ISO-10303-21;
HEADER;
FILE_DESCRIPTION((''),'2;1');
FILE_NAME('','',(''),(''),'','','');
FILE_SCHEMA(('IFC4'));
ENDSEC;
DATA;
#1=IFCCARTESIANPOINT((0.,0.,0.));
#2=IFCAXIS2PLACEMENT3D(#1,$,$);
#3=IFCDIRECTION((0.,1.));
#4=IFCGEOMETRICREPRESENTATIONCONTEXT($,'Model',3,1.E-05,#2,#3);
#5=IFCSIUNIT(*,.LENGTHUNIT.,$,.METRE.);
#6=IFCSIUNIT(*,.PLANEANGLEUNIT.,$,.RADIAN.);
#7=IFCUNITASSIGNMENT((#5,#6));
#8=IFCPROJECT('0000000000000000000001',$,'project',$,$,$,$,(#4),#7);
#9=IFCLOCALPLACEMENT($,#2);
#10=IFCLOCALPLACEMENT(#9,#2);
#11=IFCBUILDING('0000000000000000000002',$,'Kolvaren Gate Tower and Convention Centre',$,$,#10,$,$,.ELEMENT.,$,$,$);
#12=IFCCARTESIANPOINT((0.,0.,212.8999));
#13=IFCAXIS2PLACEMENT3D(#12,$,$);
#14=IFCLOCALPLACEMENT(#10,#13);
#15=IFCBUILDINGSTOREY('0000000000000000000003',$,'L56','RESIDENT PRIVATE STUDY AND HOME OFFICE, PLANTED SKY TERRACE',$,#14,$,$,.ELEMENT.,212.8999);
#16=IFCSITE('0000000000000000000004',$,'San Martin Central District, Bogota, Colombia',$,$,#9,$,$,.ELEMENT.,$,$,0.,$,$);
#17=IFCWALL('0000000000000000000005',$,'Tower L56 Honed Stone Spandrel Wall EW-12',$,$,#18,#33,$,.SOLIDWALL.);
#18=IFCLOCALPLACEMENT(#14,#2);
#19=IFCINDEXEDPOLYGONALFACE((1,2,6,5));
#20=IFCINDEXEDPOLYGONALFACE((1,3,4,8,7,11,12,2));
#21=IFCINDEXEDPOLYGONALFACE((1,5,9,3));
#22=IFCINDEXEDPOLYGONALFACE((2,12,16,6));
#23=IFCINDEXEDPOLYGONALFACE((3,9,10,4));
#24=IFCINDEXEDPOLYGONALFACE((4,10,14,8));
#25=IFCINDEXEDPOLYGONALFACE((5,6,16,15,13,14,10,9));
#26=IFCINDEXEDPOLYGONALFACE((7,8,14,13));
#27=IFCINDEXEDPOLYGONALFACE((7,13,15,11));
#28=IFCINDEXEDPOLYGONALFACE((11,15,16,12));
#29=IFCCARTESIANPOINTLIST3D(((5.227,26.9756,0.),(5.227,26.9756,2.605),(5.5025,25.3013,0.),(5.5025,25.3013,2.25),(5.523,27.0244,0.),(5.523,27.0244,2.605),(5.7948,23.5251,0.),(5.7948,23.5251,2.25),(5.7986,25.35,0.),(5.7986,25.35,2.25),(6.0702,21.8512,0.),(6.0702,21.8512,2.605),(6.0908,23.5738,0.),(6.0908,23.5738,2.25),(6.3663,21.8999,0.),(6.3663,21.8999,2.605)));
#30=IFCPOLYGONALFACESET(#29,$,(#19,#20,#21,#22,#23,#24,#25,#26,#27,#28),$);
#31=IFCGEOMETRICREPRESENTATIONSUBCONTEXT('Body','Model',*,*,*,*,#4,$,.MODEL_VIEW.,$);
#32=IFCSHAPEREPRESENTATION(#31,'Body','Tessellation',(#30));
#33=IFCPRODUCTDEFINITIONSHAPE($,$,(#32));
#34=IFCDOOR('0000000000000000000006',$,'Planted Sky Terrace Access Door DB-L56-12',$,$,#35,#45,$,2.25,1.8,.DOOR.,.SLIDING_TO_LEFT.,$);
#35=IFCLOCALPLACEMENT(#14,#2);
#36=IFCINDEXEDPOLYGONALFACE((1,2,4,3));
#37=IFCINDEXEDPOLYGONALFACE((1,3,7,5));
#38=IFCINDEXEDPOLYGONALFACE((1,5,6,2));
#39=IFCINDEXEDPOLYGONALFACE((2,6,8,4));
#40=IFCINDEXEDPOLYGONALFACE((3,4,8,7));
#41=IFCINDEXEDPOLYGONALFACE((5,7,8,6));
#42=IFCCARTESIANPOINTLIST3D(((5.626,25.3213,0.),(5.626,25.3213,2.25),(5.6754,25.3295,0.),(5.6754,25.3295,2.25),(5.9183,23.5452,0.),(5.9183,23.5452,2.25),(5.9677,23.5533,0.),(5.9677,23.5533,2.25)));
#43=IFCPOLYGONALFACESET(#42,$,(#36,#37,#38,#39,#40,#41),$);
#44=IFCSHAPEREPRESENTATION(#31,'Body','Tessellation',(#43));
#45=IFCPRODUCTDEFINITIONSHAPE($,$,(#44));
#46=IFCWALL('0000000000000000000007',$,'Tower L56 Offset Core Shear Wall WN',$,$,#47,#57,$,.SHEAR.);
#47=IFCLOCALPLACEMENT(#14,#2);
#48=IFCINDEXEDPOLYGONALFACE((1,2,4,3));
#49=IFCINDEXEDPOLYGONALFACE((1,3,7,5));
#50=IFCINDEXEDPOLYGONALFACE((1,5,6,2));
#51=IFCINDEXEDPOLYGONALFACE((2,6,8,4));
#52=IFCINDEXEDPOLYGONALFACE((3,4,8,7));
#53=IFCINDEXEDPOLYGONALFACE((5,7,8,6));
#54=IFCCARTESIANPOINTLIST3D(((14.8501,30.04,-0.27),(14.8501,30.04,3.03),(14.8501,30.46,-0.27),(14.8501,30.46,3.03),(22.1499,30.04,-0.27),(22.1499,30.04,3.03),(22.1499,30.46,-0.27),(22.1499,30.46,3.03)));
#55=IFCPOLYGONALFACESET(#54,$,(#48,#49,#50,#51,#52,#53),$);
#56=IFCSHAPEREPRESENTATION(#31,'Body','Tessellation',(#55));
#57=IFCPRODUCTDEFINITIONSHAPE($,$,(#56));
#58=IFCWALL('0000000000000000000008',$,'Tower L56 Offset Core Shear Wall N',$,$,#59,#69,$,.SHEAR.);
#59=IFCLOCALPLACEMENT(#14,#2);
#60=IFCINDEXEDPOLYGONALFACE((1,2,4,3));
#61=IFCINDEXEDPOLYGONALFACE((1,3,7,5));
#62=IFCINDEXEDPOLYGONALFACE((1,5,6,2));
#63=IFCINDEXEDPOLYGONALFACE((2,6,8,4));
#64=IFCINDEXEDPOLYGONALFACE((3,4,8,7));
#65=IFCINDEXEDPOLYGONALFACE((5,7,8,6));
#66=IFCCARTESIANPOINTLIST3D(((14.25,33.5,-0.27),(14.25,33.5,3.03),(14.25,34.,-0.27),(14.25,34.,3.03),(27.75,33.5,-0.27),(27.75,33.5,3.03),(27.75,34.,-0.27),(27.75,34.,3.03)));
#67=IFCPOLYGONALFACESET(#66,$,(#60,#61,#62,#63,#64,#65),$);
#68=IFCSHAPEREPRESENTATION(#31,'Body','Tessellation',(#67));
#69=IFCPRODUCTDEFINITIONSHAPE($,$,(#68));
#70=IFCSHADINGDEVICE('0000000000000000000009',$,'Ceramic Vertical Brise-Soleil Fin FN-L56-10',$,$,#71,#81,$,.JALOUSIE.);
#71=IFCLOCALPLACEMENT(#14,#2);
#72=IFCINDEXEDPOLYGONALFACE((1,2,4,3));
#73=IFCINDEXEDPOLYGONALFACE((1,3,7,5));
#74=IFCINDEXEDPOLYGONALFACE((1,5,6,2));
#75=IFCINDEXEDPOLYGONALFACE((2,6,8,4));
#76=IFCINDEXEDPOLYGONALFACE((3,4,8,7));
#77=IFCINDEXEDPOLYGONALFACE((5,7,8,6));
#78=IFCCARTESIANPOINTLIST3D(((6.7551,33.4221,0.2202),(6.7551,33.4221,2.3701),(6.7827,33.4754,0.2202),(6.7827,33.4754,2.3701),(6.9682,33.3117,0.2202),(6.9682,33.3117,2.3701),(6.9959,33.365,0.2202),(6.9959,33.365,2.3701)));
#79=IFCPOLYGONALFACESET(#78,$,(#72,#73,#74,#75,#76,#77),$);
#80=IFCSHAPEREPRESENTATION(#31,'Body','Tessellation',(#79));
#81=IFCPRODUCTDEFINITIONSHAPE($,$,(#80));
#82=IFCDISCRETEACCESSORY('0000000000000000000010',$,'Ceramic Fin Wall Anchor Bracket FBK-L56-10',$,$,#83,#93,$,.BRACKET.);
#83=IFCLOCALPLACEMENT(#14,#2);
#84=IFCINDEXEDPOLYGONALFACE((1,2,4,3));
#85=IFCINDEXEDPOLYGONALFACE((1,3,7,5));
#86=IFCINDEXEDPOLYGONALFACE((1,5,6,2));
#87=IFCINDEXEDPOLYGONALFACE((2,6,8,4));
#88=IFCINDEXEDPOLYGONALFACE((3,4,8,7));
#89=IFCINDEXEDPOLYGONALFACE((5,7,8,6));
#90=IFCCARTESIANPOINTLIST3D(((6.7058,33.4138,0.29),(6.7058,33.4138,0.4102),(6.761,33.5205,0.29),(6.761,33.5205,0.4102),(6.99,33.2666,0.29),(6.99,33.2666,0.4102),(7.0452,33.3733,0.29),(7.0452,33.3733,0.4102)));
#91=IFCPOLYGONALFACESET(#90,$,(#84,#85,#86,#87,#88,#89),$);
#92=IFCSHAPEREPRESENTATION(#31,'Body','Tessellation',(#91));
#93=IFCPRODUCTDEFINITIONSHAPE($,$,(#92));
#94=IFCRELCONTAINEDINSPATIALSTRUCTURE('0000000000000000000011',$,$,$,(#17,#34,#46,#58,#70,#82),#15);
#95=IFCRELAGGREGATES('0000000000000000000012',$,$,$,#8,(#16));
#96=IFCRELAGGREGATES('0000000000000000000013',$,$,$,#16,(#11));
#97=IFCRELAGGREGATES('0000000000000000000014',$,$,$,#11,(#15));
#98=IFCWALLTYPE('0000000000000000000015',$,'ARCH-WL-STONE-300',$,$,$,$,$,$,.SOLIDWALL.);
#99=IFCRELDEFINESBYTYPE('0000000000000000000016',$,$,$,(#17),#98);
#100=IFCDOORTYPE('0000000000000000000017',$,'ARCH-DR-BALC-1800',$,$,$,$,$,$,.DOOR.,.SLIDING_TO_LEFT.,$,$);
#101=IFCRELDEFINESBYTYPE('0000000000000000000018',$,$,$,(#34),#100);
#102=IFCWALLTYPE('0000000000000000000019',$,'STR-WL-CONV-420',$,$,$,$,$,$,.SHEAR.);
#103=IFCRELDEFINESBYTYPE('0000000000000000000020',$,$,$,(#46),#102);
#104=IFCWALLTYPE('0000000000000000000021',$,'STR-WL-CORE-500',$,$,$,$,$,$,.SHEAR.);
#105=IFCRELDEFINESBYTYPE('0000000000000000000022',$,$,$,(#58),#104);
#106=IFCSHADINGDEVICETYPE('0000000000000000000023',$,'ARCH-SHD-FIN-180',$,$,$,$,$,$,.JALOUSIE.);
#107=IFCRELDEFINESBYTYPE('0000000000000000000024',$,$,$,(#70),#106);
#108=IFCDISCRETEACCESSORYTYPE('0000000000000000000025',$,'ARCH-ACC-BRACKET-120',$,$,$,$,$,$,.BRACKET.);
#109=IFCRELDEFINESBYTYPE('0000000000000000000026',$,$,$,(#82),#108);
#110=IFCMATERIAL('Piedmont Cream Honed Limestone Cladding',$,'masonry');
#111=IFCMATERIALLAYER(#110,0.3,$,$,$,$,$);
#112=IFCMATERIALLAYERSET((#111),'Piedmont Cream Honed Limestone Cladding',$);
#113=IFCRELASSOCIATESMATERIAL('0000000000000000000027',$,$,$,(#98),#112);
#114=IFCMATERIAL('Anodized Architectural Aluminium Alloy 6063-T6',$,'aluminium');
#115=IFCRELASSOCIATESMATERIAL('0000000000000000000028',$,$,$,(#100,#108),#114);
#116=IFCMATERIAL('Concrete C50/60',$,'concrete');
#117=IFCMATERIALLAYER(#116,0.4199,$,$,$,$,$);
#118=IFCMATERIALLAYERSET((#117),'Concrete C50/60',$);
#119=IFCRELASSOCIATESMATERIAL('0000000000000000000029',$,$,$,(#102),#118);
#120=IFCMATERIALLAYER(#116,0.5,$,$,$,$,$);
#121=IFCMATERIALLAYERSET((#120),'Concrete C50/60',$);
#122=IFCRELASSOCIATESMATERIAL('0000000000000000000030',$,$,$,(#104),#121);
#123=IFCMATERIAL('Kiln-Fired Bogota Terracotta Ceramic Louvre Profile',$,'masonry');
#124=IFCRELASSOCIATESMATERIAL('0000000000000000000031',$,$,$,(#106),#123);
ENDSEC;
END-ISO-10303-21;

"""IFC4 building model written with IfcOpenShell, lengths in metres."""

from ifc_helpers import new_model, si_unit, direction, frame, frame_2d, origin, origin_2d, place, context, subcontext, project, spatial, rectangle, extrude, material, layer, layer_set, type_object, element, fill, save


model = new_model("IFC4")

# Units and contexts
model_context = context("Model", 3, precision=1e-05, world=origin(), true_north=direction((0.0, 1.0)))
body_context = subcontext(model_context, "Body", "Model", "MODEL_VIEW")
ifc_project = project(units=[si_unit("LENGTHUNIT", "METRE"), si_unit("PLANEANGLEUNIT", "RADIAN")], contexts=[model_context])

# Site, building, storey
site_placement = place(None, origin())
site = spatial("IfcSite", under=ifc_project, at=site_placement, Name="San Martin Central District, Bogota, Colombia", CompositionType="ELEMENT", RefElevation=0.0)
building_placement = place(site_placement, origin())
building = spatial("IfcBuilding", under=site, at=building_placement, Name="Kolvaren Gate Tower and Convention Centre", CompositionType="ELEMENT")
storey_placement = place(building_placement, frame((0.0, 0.0, 212.8999)))
storey = spatial("IfcBuildingStorey", under=building, at=storey_placement, Name="L56", Description="RESIDENT PRIVATE STUDY AND HOME OFFICE, PLANTED SKY TERRACE", CompositionType="ELEMENT", Elevation=212.8999)

# Shared definitions
ifc_material_1 = material(Name="Anodized Architectural Aluminium Alloy 6063-T6", Category="aluminium")

# Shared definitions
ifc_material_2 = material(Name="Piedmont Cream Honed Limestone Cladding", Category="masonry")

# Shared definitions
ifc_layer_1 = layer(ifc_material_2, 0.3)
ifc_layer_set_1 = layer_set([ifc_layer_1], Name="Piedmont Cream Honed Limestone Cladding")
wall_type_1 = type_object("IfcWallType", Name="ARCH-WL-STONE-300", PredefinedType="SOLIDWALL", material=ifc_layer_set_1)

# Wall, opening, door
wall_1_placement = place(storey_placement, frame((5.375, 27.0, 0.0), z_axis=(0.0, 0.0, 1.0), x_axis=(0.162371, -0.98673, 0.0)))
wall_1 = element("IfcWall", 1, at=wall_1_placement, inside=storey, type_object=wall_type_1, Name="Tower L56 Honed Stone Spandrel Wall EW-12", PredefinedType="SOLIDWALL", context=body_context, shape_type="SweptSolid", body=[
    extrude(rectangle(XDim=5.1934, YDim=0.3, at=frame_2d((2.5967, 0.0))), origin(), (0.0, 0.0, 1.0), 2.605),
])
opening_1_placement = place(wall_1_placement, frame((1.697, 0.0, 0.0)))
opening_1 = element("IfcOpeningElement", 2, at=opening_1_placement, cuts=wall_1, PredefinedType="OPENING", context=body_context, shape_type="SweptSolid", body=[
    extrude(rectangle(XDim=1.8, YDim=2.25, at=frame_2d((0.8999, 1.125))), frame((0.0, 0.1599, 0.0), z_axis=(0.0, -1.0, 0.0), x_axis=(1.0, 0.0, 0.0)), (0.0, 0.0, 1.0), 0.3201),
])
door_type = type_object("IfcDoorType", Name="ARCH-DR-BALC-1800", OperationType="SLIDING_TO_LEFT", PredefinedType="DOOR", material=ifc_material_1)
door_placement = place(opening_1_placement, frame((1.8, 0.0, 0.0), z_axis=(0.0, 0.0, 1.0), x_axis=(-1.0, 0.0, 0.0)))
door = element("IfcDoor", 3, at=door_placement, inside=storey, type_object=door_type, Name="Planted Sky Terrace Access Door DB-L56-12", OperationType="SLIDING_TO_LEFT", OverallHeight=2.25, OverallWidth=1.8, PredefinedType="DOOR", context=body_context, shape_type="SweptSolid", body=[
    extrude(rectangle(XDim=1.8, YDim=2.25, at=frame_2d((0.8999, 1.125))), frame((0.0, 0.0249, 0.0), z_axis=(0.0, -1.0, 0.0), x_axis=(1.0, 0.0, 0.0)), (0.0, 0.0, 1.0), 0.05),
])
fill(opening_1, door)

# Walls
ifc_material_3 = material(Name="Concrete C50/60", Category="concrete")
ifc_layer_2 = layer(ifc_material_3, 0.4199)
ifc_layer_set_2 = layer_set([ifc_layer_2], Name="Concrete C50/60")
wall_type_2 = type_object("IfcWallType", Name="STR-WL-CONV-420", PredefinedType="SHEAR", material=ifc_layer_set_2)
wall_2_placement = place(storey_placement, frame((14.8501, 30.25, -0.27), z_axis=(0.0, 0.0, 1.0), x_axis=(1.0, 0.0, 0.0)))
element("IfcWall", 4, at=wall_2_placement, inside=storey, type_object=wall_type_2, Name="Tower L56 Offset Core Shear Wall WN", PredefinedType="SHEAR", context=body_context, shape_type="SweptSolid", body=[
    extrude(rectangle(XDim=7.2998, YDim=0.4199, at=frame_2d((3.6499, 0.0))), origin(), (0.0, 0.0, 1.0), 3.3),
])
ifc_layer_3 = layer(ifc_material_3, 0.5)
ifc_layer_set_3 = layer_set([ifc_layer_3], Name="Concrete C50/60")
wall_type_3 = type_object("IfcWallType", Name="STR-WL-CORE-500", PredefinedType="SHEAR", material=ifc_layer_set_3)
wall_3_placement = place(storey_placement, frame((14.25, 33.75, -0.27), z_axis=(0.0, 0.0, 1.0), x_axis=(1.0, 0.0, 0.0)))
element("IfcWall", 5, at=wall_3_placement, inside=storey, type_object=wall_type_3, Name="Tower L56 Offset Core Shear Wall N", PredefinedType="SHEAR", context=body_context, shape_type="SweptSolid", body=[
    extrude(rectangle(XDim=13.5, YDim=0.5, at=frame_2d((6.75, 0.0))), origin(), (0.0, 0.0, 1.0), 3.3),
])

# Shading device
ifc_material_4 = material(Name="Kiln-Fired Bogota Terracotta Ceramic Louvre Profile", Category="masonry")
shading_device_type = type_object("IfcShadingDeviceType", Name="ARCH-SHD-FIN-180", PredefinedType="JALOUSIE", material=ifc_material_4)
shading_device_placement = place(storey_placement, frame((6.8755, 33.3936, 0.2202), z_axis=(0.0, 0.0, 1.0), x_axis=(0.4598, 0.888023, 0.0)))
element("IfcShadingDevice", 6, at=shading_device_placement, inside=storey, type_object=shading_device_type, Name="Ceramic Vertical Brise-Soleil Fin FN-L56-10", PredefinedType="JALOUSIE", context=body_context, shape_type="SweptSolid", body=[
    extrude(rectangle(XDim=0.0601, YDim=0.24, at=origin_2d()), origin(), (0.0, 0.0, 1.0), 2.1499),
])

# Discrete accessory
discrete_accessory_type = type_object("IfcDiscreteAccessoryType", Name="ARCH-ACC-BRACKET-120", PredefinedType="BRACKET", material=ifc_material_1)
discrete_accessory_placement = place(storey_placement, frame((6.8755, 33.3936, 0.29), z_axis=(0.0, 0.0, 1.0), x_axis=(0.4598, 0.888023, 0.0)))
element("IfcDiscreteAccessory", 7, at=discrete_accessory_placement, inside=storey, type_object=discrete_accessory_type, Name="Ceramic Fin Wall Anchor Bracket FBK-L56-10", PredefinedType="BRACKET", context=body_context, shape_type="SweptSolid", body=[
    extrude(rectangle(XDim=0.1201, YDim=0.3201, at=origin_2d()), origin(), (0.0, 0.0, 1.0), 0.1201),
])

save(model, "model.ifc")
